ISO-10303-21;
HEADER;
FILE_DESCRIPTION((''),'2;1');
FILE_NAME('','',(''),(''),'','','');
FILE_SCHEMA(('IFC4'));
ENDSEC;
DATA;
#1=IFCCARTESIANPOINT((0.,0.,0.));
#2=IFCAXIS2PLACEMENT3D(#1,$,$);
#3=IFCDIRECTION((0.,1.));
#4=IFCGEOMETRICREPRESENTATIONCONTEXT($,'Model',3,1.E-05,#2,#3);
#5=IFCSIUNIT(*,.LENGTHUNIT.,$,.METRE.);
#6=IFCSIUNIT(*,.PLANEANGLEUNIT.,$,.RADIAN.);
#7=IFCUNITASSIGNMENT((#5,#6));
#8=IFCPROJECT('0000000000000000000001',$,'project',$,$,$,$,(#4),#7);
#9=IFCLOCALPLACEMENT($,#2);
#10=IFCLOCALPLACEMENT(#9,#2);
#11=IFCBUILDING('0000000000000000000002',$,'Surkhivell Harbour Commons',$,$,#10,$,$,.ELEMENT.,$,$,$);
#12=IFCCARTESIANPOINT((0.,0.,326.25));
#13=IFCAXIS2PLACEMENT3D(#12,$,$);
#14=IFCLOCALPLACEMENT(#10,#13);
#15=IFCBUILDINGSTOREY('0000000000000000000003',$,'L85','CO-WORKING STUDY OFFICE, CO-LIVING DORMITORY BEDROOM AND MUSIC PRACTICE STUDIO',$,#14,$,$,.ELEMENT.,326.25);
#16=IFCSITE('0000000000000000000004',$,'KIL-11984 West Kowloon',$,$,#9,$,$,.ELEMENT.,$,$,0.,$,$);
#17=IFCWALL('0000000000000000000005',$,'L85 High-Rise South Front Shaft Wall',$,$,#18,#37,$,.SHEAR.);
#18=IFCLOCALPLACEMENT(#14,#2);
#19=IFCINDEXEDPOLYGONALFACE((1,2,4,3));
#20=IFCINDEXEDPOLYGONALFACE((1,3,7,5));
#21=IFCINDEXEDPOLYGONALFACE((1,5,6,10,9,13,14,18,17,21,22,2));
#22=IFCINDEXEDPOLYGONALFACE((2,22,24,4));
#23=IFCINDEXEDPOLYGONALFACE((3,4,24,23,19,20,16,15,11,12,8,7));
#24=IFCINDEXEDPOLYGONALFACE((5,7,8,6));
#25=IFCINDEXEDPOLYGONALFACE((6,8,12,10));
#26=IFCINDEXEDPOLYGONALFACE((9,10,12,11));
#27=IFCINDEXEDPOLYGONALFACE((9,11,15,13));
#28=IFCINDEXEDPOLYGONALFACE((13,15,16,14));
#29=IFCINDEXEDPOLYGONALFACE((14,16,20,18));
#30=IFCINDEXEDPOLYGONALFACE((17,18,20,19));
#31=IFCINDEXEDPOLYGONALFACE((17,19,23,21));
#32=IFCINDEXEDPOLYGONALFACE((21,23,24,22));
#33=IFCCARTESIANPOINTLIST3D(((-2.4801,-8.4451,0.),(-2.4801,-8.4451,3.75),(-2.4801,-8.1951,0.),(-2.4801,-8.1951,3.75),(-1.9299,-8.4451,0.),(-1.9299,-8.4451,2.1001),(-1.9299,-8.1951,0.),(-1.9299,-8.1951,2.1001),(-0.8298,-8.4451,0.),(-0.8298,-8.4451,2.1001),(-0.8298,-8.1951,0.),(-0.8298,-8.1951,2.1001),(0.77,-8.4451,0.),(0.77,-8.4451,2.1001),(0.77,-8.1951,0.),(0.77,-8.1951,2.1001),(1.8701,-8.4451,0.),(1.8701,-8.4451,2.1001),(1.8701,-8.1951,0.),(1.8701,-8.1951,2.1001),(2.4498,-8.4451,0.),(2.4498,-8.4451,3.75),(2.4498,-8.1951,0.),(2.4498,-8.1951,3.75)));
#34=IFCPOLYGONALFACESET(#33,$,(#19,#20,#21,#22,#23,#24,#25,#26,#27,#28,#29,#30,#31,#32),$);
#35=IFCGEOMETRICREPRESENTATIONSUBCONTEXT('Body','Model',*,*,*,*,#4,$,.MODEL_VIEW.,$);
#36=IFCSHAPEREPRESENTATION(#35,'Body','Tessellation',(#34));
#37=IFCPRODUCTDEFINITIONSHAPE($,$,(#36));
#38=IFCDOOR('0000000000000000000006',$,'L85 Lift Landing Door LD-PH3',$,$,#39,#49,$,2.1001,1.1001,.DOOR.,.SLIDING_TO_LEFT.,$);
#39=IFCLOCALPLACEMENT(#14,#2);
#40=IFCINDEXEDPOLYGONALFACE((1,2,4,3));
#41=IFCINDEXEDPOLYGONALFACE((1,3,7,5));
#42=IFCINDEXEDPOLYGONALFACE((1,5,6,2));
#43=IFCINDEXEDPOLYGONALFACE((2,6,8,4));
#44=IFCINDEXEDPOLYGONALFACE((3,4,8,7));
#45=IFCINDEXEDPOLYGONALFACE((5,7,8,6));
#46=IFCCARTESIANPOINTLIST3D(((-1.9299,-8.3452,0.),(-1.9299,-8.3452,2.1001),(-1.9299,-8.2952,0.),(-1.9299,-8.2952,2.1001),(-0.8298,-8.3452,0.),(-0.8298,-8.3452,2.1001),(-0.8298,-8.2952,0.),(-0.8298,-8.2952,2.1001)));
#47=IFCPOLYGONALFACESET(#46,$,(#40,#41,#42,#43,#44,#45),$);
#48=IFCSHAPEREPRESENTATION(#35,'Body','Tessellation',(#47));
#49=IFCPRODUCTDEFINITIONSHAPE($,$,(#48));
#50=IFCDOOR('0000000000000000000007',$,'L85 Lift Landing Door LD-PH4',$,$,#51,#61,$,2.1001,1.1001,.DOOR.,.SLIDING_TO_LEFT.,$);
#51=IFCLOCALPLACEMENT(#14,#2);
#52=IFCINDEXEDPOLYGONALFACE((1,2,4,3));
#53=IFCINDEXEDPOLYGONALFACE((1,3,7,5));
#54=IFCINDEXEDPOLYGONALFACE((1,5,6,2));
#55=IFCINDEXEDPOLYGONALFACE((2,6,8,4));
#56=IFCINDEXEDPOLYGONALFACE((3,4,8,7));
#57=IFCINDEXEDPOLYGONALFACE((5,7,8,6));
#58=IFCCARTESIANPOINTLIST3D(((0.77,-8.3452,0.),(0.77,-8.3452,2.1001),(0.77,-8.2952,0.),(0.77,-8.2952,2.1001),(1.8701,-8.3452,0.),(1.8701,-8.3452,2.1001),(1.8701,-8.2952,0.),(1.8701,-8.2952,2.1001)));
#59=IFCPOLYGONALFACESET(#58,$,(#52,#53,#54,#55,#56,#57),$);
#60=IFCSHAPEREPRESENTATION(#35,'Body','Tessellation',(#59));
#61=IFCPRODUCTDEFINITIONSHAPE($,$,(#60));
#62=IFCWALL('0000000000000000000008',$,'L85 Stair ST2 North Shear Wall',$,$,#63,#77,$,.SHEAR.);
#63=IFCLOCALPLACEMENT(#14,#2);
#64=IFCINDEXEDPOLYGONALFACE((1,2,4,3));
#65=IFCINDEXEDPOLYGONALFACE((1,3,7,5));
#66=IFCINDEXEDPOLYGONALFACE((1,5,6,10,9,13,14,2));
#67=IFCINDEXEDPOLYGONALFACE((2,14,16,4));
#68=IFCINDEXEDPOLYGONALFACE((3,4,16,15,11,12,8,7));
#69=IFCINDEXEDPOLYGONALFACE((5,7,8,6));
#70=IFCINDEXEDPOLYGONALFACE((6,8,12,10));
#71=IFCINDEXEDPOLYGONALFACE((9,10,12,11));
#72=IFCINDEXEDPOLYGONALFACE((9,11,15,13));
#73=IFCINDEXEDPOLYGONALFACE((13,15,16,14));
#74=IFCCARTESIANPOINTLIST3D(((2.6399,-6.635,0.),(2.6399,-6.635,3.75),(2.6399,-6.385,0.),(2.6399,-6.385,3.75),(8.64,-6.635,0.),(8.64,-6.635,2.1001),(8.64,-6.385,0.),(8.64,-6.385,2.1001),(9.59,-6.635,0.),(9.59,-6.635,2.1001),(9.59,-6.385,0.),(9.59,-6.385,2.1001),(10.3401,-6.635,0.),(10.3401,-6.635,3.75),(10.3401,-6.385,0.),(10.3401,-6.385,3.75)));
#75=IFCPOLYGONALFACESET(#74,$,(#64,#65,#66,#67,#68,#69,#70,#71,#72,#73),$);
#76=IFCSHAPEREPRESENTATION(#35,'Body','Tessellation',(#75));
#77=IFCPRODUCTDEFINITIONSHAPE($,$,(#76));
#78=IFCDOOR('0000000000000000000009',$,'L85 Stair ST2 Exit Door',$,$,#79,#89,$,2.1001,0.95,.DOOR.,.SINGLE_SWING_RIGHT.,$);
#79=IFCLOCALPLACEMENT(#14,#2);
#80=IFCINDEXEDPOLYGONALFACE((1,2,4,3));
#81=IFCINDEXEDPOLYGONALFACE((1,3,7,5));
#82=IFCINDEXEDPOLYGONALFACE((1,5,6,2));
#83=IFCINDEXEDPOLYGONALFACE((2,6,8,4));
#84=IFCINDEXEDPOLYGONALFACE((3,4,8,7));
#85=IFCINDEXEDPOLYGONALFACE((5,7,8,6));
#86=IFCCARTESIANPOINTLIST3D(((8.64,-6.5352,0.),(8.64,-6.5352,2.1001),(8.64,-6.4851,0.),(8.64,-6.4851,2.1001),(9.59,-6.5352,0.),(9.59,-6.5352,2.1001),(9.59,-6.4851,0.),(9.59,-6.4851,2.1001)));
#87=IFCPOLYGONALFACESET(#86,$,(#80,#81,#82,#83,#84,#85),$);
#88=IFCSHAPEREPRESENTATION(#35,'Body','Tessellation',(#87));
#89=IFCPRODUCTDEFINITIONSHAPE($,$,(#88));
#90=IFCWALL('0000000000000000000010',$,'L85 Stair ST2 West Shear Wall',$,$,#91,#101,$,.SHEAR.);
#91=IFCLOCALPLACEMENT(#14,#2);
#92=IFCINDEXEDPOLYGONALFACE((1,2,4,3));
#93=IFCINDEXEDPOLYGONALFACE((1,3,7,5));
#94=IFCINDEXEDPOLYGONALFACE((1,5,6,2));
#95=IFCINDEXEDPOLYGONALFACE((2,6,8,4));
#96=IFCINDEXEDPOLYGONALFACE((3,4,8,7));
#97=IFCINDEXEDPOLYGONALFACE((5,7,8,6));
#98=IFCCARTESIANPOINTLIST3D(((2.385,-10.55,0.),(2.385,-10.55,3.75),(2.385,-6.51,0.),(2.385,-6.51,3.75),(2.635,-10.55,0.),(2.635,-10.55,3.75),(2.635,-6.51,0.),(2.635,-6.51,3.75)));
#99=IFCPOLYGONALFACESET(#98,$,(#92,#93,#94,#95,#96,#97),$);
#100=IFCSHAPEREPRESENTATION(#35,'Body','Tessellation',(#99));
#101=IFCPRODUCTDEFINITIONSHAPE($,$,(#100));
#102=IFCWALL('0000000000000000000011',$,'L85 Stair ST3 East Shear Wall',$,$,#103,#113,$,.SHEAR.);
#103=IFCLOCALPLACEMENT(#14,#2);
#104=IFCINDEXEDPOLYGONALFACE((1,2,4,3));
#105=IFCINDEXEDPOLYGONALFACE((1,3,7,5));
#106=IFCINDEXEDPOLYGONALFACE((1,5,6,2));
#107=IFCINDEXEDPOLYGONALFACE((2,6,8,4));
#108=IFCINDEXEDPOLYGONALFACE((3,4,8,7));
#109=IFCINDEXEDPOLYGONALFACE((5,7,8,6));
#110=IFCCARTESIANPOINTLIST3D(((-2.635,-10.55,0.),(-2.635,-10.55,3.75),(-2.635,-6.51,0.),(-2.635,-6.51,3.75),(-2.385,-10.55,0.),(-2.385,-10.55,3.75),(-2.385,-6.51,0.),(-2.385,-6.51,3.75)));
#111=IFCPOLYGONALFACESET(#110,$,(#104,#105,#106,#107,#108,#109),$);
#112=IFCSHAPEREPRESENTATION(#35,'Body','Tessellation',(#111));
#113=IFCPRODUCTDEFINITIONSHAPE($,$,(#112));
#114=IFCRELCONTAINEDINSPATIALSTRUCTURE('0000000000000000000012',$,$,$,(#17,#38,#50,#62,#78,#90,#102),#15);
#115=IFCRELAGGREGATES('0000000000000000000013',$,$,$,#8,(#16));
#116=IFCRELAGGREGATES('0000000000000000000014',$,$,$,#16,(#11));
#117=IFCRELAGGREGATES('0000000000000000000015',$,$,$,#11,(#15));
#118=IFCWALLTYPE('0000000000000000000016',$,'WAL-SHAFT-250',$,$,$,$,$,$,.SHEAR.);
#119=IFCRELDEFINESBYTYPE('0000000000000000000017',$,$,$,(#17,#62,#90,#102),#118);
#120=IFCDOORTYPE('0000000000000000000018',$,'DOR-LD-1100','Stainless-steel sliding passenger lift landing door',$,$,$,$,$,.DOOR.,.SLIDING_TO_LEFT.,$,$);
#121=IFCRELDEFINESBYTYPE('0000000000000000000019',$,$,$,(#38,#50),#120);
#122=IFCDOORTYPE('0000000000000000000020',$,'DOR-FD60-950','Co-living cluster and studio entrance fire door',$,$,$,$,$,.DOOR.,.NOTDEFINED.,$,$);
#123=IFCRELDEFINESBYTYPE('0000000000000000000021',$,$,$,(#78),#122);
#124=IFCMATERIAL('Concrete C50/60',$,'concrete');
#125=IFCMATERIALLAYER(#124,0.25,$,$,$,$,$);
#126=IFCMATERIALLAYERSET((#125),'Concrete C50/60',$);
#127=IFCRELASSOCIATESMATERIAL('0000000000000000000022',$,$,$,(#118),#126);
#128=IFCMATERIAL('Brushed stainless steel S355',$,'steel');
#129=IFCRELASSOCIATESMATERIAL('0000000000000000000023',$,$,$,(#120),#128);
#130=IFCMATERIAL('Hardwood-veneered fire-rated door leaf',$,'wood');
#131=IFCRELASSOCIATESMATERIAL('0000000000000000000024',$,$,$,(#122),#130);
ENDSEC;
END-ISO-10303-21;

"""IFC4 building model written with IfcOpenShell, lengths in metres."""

from ifc_helpers import new_model, si_unit, direction, frame, frame_2d, origin, place, context, subcontext, project, spatial, rectangle, extrude, material, layer, layer_set, type_object, element, fill, save


model = new_model("IFC4")

# Units and contexts
model_context = context("Model", 3, precision=1e-05, world=origin(), true_north=direction((0.0, 1.0)))
body_context = subcontext(model_context, "Body", "Model", "MODEL_VIEW")
ifc_project = project(units=[si_unit("LENGTHUNIT", "METRE"), si_unit("PLANEANGLEUNIT", "RADIAN")], contexts=[model_context])

# Site, building, storey
site_placement = place(None, origin())
site = spatial("IfcSite", under=ifc_project, at=site_placement, Name="KIL-11984 West Kowloon", CompositionType="ELEMENT", RefElevation=0.0)
building_placement = place(site_placement, origin())
building = spatial("IfcBuilding", under=site, at=building_placement, Name="Surkhivell Harbour Commons", CompositionType="ELEMENT")
storey_placement = place(building_placement, frame((0.0, 0.0, 326.25)))
storey = spatial("IfcBuildingStorey", under=building, at=storey_placement, Name="L85", Description="CO-WORKING STUDY OFFICE, CO-LIVING DORMITORY BEDROOM AND MUSIC PRACTICE STUDIO", CompositionType="ELEMENT", Elevation=326.25)

# Shared definitions
ifc_material_1 = material(Name="Concrete C50/60", Category="concrete")

# Shared definitions
ifc_material_2 = material(Name="Hardwood-veneered fire-rated door leaf", Category="wood")

# Shared definitions
ifc_layer_1 = layer(ifc_material_1, 0.25)
ifc_layer_set_1 = layer_set([ifc_layer_1], Name="Concrete C50/60")
wall_type_1 = type_object("IfcWallType", Name="WAL-SHAFT-250", PredefinedType="SHEAR", material=ifc_layer_set_1)

# Wall, openings, doors
ifc_material_3 = material(Name="Brushed stainless steel S355", Category="steel")
door_type_1 = type_object("IfcDoorType", Name="DOR-LD-1100", Description="Stainless-steel sliding passenger lift landing door", OperationType="SLIDING_TO_LEFT", PredefinedType="DOOR", material=ifc_material_3)
wall_1_placement = place(storey_placement, frame((-2.48, -8.3201, 0.0), z_axis=(0.0, 0.0, 1.0), x_axis=(1.0, 0.0, 0.0)))
wall_1 = element("IfcWall", 1, at=wall_1_placement, inside=storey, type_object=wall_type_1, Name="L85 High-Rise South Front Shaft Wall", PredefinedType="SHEAR", context=body_context, shape_type="SweptSolid", body=[
    extrude(rectangle(XDim=4.9299, YDim=0.25, at=frame_2d((2.4648, 0.0))), origin(), (0.0, 0.0, 1.0), 3.75),
])
opening_1_placement = place(wall_1_placement, frame((0.55, 0.0, 0.0)))
opening_1 = element("IfcOpeningElement", 2, at=opening_1_placement, cuts=wall_1, PredefinedType="OPENING", context=body_context, shape_type="SweptSolid", body=[
    extrude(rectangle(XDim=1.1001, YDim=2.1001, at=frame_2d((0.55, 1.05))), frame((0.0, 0.135, 0.0), z_axis=(0.0, -1.0, 0.0), x_axis=(1.0, 0.0, 0.0)), (0.0, 0.0, 1.0), 0.27),
])
opening_2_placement = place(wall_1_placement, frame((3.25, 0.0, 0.0)))
opening_2 = element("IfcOpeningElement", 3, at=opening_2_placement, cuts=wall_1, PredefinedType="OPENING", context=body_context, shape_type="SweptSolid", body=[
    extrude(rectangle(XDim=1.1001, YDim=2.1001, at=frame_2d((0.55, 1.05))), frame((0.0, 0.135, 0.0), z_axis=(0.0, -1.0, 0.0), x_axis=(1.0, 0.0, 0.0)), (0.0, 0.0, 1.0), 0.27),
])
door_1_placement = place(opening_1_placement, origin())
door_1 = element("IfcDoor", 4, at=door_1_placement, inside=storey, type_object=door_type_1, Name="L85 Lift Landing Door LD-PH3", OperationType="SLIDING_TO_LEFT", OverallHeight=2.1001, OverallWidth=1.1001, PredefinedType="DOOR", context=body_context, shape_type="SweptSolid", body=[
    extrude(rectangle(XDim=1.1001, YDim=2.1001, at=frame_2d((0.55, 1.05))), frame((0.0, 0.0249, 0.0), z_axis=(0.0, -1.0, 0.0), x_axis=(1.0, 0.0, 0.0)), (0.0, 0.0, 1.0), 0.05),
])
fill(opening_1, door_1)
door_2_placement = place(opening_2_placement, origin())
door_2 = element("IfcDoor", 5, at=door_2_placement, inside=storey, type_object=door_type_1, Name="L85 Lift Landing Door LD-PH4", OperationType="SLIDING_TO_LEFT", OverallHeight=2.1001, OverallWidth=1.1001, PredefinedType="DOOR", context=body_context, shape_type="SweptSolid", body=[
    extrude(rectangle(XDim=1.1001, YDim=2.1001, at=frame_2d((0.55, 1.05))), frame((0.0, 0.0249, 0.0), z_axis=(0.0, -1.0, 0.0), x_axis=(1.0, 0.0, 0.0)), (0.0, 0.0, 1.0), 0.05),
])
fill(opening_2, door_2)

# Wall, opening, door
wall_2_placement = place(storey_placement, frame((2.6399, -6.51, 0.0), z_axis=(0.0, 0.0, 1.0), x_axis=(1.0, 0.0, 0.0)))
wall_2 = element("IfcWall", 6, at=wall_2_placement, inside=storey, type_object=wall_type_1, Name="L85 Stair ST2 North Shear Wall", PredefinedType="SHEAR", context=body_context, shape_type="SweptSolid", body=[
    extrude(rectangle(XDim=7.7002, YDim=0.25, at=frame_2d((3.8501, 0.0))), origin(), (0.0, 0.0, 1.0), 3.75),
])
opening_3_placement = place(wall_2_placement, frame((6.0, 0.0, 0.0)))
opening_3 = element("IfcOpeningElement", 7, at=opening_3_placement, cuts=wall_2, PredefinedType="OPENING", context=body_context, shape_type="SweptSolid", body=[
    extrude(rectangle(XDim=0.95, YDim=2.1001, at=frame_2d((0.4751, 1.05))), frame((0.0, 0.135, 0.0), z_axis=(0.0, -1.0, 0.0), x_axis=(1.0, 0.0, 0.0)), (0.0, 0.0, 1.0), 0.27),
])
door_type_2 = type_object("IfcDoorType", Name="DOR-FD60-950", Description="Co-living cluster and studio entrance fire door", OperationType="NOTDEFINED", PredefinedType="DOOR", material=ifc_material_2)
door_3_placement = place(opening_3_placement, origin())
door_3 = element("IfcDoor", 8, at=door_3_placement, inside=storey, type_object=door_type_2, Name="L85 Stair ST2 Exit Door", OperationType="SINGLE_SWING_RIGHT", OverallHeight=2.1001, OverallWidth=0.95, PredefinedType="DOOR", context=body_context, shape_type="SweptSolid", body=[
    extrude(rectangle(XDim=0.95, YDim=2.1001, at=frame_2d((0.4751, 1.05))), frame((0.0, 0.0249, 0.0), z_axis=(0.0, -1.0, 0.0), x_axis=(1.0, 0.0, 0.0)), (0.0, 0.0, 1.0), 0.05),
])
fill(opening_3, door_3)

# Walls
for number, where, z_axis, x_axis, name in (
    (9, (2.51, -10.55, 0.0), (0.0, 0.0, 1.0), (0.0, 1.0, 0.0), "L85 Stair ST2 West Shear Wall"),
    (10, (-2.51, -10.55, 0.0), (0.0, 0.0, 1.0), (0.0, 1.0, 0.0), "L85 Stair ST3 East Shear Wall"),
):
    element("IfcWall", number, at=place(storey_placement, frame(where, z_axis=z_axis, x_axis=x_axis)), inside=storey, type_object=wall_type_1, Name=name, PredefinedType="SHEAR", context=body_context, shape_type="SweptSolid", body=[
        extrude(rectangle(XDim=4.04, YDim=0.25, at=frame_2d((2.02, 0.0))), origin(), (0.0, 0.0, 1.0), 3.75),
    ])

save(model, "model.ifc")
